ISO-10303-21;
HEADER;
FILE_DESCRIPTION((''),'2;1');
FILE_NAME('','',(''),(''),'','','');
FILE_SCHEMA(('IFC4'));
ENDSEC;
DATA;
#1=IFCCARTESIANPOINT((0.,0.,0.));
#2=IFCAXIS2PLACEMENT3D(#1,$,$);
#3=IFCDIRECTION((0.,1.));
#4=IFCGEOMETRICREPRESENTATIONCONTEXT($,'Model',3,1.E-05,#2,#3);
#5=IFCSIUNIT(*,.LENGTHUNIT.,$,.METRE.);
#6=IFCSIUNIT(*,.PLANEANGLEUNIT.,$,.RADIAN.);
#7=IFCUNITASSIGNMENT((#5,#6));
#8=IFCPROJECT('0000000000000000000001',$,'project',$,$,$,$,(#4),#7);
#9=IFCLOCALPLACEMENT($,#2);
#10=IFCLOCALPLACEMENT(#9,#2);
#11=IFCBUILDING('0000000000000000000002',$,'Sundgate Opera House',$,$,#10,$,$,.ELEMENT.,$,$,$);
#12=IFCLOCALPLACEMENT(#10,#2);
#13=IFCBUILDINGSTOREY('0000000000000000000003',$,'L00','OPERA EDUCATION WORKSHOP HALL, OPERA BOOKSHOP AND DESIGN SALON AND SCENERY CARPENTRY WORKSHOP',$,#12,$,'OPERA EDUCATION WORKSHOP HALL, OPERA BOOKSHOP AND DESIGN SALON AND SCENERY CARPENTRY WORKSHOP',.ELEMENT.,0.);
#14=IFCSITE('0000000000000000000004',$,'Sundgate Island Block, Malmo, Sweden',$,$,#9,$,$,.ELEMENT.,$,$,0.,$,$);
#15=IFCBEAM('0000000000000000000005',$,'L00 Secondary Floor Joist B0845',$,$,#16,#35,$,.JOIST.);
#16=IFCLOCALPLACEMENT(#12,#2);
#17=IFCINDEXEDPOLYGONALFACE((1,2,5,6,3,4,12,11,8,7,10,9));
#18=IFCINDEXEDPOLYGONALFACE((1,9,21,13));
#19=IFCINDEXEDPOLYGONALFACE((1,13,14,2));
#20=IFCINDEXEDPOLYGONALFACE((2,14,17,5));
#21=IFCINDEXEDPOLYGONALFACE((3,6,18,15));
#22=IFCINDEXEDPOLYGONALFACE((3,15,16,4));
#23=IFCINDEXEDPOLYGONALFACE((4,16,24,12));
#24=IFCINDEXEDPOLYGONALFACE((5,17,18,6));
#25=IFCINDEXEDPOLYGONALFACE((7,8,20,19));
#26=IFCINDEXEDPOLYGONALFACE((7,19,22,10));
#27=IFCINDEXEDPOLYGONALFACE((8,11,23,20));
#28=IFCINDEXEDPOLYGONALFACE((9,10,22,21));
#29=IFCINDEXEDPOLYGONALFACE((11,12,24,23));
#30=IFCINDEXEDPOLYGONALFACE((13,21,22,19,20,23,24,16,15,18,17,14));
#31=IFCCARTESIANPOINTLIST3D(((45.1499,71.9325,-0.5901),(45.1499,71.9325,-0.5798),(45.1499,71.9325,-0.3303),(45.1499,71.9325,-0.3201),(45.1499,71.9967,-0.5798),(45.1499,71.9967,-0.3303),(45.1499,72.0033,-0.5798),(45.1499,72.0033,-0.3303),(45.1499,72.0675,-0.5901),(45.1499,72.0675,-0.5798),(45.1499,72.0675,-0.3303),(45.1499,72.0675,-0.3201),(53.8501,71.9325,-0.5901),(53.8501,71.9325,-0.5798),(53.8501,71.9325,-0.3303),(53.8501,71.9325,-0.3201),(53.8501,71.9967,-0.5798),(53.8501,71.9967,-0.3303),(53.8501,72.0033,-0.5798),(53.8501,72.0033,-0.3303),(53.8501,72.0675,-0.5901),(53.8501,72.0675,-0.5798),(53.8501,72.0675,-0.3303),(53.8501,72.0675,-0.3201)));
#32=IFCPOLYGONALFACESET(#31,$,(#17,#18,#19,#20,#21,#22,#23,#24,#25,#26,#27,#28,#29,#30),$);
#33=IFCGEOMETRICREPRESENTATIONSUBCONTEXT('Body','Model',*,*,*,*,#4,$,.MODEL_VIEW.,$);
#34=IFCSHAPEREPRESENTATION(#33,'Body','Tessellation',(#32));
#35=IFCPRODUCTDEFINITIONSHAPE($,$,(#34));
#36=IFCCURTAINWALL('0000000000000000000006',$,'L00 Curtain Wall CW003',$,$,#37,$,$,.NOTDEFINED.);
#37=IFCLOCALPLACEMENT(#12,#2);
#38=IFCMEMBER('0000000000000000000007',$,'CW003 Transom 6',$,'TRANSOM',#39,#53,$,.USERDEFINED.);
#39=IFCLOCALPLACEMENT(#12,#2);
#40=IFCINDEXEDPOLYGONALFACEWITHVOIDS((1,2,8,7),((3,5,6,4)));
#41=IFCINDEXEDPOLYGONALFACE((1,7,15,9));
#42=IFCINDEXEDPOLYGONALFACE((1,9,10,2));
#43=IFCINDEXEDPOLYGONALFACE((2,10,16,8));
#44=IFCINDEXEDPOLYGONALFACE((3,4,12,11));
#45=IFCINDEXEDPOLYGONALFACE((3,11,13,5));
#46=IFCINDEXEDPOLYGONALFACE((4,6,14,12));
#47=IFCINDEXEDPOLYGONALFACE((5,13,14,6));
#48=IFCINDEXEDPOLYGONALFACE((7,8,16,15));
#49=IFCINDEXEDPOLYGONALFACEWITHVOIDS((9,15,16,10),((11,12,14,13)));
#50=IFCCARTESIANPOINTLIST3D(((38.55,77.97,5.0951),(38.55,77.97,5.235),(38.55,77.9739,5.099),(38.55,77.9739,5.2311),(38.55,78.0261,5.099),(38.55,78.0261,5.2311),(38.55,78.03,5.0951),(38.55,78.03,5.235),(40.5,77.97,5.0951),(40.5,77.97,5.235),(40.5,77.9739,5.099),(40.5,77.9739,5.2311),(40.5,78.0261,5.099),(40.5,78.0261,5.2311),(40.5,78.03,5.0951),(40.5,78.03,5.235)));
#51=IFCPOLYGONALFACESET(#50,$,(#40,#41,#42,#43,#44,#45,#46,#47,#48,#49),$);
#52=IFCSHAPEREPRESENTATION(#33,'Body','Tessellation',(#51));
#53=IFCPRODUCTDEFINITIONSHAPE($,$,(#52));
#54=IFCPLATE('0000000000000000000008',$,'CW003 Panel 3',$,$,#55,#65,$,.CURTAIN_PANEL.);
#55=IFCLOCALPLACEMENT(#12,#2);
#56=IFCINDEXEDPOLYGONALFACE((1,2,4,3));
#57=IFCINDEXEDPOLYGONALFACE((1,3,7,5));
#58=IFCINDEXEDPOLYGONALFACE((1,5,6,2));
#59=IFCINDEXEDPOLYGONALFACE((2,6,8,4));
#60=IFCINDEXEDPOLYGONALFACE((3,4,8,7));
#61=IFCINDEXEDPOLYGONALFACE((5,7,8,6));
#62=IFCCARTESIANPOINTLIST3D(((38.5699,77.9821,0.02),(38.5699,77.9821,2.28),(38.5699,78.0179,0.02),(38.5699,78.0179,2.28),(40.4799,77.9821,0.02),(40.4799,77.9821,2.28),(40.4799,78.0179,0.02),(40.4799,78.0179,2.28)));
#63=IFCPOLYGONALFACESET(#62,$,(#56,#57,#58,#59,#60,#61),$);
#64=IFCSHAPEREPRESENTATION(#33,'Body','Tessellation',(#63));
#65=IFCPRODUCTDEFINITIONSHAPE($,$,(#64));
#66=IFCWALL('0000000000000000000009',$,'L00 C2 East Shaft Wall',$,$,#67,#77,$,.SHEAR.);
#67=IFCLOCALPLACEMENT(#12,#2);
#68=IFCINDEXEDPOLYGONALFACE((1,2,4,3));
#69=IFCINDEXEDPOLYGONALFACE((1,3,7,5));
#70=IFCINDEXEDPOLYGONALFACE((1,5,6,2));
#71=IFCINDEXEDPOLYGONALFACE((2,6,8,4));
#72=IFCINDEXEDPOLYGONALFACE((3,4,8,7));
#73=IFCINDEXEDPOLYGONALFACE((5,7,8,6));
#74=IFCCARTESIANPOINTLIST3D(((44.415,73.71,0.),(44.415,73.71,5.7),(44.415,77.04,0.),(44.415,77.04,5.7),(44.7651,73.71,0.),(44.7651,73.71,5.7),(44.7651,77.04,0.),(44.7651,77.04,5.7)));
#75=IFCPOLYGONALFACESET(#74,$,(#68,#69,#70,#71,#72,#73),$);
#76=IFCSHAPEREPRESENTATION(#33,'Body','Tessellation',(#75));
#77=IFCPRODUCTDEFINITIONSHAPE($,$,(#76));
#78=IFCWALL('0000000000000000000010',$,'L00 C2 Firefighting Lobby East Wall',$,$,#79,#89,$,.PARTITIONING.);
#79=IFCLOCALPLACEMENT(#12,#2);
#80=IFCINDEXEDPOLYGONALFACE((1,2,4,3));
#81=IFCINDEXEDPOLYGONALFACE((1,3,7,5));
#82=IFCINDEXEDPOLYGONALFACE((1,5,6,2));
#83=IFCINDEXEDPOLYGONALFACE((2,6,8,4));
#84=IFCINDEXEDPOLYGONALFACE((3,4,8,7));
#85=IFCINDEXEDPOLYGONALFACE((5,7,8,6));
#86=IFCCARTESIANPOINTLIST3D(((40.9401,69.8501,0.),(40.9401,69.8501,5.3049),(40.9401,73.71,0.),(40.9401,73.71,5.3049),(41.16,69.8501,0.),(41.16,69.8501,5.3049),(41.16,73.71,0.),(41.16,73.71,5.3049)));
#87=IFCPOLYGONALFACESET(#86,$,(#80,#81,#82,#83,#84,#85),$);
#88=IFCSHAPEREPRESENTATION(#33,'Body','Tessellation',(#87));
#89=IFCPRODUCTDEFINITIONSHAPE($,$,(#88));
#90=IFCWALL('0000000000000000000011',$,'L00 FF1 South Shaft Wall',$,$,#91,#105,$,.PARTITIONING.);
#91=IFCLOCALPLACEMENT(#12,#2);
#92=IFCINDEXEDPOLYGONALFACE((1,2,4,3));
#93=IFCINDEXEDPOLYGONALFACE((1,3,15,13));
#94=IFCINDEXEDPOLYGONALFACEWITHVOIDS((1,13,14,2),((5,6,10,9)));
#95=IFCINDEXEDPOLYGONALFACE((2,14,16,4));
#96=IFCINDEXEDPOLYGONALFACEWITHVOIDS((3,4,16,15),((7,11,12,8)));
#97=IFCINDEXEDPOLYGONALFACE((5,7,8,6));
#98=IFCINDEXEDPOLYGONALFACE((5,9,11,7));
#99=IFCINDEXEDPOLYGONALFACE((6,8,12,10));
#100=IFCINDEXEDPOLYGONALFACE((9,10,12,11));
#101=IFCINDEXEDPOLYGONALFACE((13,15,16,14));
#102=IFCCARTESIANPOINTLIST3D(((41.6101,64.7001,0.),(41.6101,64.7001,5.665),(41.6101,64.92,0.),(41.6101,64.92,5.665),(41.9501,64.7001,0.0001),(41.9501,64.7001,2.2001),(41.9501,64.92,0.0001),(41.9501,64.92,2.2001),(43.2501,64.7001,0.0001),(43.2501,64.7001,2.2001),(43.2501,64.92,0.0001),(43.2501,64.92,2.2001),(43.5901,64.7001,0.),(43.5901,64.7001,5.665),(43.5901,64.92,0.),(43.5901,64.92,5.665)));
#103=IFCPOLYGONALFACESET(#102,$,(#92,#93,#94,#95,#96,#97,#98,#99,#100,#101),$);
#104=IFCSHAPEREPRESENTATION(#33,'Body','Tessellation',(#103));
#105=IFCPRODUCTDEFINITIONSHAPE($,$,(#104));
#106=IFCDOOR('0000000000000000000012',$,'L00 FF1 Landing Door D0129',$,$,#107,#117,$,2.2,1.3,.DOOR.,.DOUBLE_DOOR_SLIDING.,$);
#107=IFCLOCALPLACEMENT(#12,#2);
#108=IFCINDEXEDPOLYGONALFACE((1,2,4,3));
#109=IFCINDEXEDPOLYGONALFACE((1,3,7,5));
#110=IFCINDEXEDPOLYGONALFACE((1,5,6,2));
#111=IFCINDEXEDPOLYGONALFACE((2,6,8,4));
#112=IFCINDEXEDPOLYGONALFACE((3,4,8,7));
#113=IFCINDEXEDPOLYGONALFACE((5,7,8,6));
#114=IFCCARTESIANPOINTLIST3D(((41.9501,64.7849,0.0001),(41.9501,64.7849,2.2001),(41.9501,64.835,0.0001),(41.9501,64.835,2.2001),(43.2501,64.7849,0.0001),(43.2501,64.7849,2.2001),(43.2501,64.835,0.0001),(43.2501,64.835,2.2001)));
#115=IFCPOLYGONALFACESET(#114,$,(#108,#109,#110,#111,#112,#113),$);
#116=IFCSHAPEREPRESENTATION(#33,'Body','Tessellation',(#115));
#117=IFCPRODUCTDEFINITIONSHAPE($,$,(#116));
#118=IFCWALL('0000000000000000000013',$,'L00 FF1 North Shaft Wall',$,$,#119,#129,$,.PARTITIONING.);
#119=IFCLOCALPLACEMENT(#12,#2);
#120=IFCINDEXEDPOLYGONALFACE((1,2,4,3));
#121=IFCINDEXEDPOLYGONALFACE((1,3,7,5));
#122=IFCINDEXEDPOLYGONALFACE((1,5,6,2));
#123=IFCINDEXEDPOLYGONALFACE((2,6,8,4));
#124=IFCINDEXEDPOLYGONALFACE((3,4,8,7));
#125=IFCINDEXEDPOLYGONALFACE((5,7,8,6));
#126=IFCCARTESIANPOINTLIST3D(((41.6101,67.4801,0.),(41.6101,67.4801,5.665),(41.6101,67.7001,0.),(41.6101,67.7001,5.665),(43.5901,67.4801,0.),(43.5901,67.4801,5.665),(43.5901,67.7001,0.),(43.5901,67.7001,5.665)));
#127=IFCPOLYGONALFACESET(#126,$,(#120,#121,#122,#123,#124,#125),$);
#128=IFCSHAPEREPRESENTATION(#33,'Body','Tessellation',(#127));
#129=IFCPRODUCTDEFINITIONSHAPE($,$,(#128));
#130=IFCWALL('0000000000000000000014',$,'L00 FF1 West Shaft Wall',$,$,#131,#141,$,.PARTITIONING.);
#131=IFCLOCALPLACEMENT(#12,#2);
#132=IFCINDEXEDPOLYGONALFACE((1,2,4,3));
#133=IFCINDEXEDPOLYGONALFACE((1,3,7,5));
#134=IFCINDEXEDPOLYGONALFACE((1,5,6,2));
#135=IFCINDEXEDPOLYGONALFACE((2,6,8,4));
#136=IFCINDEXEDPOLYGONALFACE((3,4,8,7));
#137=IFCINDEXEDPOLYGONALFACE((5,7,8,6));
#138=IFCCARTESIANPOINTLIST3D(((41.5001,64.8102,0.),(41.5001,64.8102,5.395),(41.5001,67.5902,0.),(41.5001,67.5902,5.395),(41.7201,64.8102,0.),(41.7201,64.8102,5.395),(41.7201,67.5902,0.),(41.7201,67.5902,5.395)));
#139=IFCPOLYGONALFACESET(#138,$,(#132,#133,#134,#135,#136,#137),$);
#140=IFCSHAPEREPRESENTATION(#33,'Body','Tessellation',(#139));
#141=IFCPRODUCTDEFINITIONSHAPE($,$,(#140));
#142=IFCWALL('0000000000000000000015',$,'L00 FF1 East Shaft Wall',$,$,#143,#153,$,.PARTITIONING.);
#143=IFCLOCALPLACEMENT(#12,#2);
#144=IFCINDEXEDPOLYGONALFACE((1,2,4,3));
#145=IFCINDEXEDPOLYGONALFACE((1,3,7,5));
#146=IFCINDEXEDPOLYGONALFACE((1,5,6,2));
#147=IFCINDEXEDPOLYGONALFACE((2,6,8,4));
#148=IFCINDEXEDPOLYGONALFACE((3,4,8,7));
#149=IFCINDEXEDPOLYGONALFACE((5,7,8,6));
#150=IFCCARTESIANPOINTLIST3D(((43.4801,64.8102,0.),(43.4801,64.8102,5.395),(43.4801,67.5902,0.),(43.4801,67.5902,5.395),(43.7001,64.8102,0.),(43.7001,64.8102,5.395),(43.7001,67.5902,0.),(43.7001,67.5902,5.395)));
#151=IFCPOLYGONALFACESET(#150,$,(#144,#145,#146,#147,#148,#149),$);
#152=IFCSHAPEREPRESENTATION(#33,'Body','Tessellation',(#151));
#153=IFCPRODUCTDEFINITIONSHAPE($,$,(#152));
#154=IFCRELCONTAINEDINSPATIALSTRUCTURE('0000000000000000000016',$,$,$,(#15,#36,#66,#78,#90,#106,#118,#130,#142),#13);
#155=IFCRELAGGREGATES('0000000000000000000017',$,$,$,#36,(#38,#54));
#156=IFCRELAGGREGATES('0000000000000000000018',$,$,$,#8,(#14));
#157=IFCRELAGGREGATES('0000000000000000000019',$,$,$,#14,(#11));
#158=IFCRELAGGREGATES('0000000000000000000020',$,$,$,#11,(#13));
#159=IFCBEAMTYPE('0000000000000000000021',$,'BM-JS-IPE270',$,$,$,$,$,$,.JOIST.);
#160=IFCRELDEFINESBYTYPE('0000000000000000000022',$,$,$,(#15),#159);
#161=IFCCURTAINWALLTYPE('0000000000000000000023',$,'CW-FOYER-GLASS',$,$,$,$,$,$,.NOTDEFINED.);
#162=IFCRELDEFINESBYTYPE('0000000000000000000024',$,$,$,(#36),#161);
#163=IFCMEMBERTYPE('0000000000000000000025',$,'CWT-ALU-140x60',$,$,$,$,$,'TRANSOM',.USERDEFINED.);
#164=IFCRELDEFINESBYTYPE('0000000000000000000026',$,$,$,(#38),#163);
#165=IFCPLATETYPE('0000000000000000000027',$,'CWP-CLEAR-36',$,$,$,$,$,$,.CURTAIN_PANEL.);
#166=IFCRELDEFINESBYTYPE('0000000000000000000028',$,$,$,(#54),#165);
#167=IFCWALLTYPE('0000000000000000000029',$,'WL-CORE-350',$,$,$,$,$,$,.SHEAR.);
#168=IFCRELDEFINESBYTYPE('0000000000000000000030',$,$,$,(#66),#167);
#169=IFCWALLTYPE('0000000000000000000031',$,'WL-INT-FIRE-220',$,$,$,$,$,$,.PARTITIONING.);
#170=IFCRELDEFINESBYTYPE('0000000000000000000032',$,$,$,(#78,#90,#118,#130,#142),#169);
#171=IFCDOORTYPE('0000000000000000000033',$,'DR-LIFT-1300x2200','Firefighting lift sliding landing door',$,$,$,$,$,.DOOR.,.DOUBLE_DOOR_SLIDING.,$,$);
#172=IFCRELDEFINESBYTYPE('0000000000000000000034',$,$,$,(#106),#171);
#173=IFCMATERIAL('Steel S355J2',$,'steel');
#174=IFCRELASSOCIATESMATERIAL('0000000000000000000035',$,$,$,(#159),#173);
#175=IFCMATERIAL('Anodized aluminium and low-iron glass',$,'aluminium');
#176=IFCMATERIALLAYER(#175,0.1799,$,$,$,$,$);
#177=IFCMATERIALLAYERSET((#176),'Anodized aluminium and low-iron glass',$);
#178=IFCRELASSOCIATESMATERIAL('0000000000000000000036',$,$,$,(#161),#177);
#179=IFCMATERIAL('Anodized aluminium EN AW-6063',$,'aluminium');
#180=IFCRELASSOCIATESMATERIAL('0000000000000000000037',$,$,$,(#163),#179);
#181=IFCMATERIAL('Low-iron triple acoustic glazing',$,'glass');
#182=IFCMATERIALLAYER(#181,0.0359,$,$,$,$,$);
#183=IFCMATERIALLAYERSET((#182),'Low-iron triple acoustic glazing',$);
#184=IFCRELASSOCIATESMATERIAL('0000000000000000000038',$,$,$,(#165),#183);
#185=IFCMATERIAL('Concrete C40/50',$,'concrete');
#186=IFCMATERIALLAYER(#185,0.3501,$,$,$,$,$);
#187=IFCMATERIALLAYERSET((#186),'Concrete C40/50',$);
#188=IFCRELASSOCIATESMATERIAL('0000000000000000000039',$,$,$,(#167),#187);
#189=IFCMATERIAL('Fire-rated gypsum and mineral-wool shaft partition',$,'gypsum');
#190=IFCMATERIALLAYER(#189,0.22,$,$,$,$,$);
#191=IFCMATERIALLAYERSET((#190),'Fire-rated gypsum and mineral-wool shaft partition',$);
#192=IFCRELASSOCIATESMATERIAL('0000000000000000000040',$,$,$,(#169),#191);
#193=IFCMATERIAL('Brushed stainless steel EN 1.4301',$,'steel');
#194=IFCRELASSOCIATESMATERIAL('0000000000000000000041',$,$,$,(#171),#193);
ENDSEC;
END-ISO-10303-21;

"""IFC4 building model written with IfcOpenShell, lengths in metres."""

from ifc_helpers import new_model, si_unit, direction, frame, frame_2d, origin, origin_2d, place, context, subcontext, project, spatial, rectangle, hollow_rectangle, i_section, extrude, material, layer, layer_set, material_profile, profile_set, type_object, element, fill, aggregate, save


model = new_model("IFC4")

# Units and contexts
model_context = context("Model", 3, precision=1e-05, world=origin(), true_north=direction((0.0, 1.0)))
body_context = subcontext(model_context, "Body", "Model", "MODEL_VIEW")
ifc_project = project(units=[si_unit("LENGTHUNIT", "METRE"), si_unit("PLANEANGLEUNIT", "RADIAN")], contexts=[model_context])

# Site, building, storey
site_placement = place(None, origin())
site = spatial("IfcSite", under=ifc_project, at=site_placement, Name="Sundgate Island Block, Malmo, Sweden", CompositionType="ELEMENT", RefElevation=0.0)
building_placement = place(site_placement, origin())
building = spatial("IfcBuilding", under=site, at=building_placement, Name="Sundgate Opera House", CompositionType="ELEMENT")
storey_placement = place(building_placement, origin())
storey = spatial("IfcBuildingStorey", under=building, at=storey_placement, Name="L00", Description="OPERA EDUCATION WORKSHOP HALL, OPERA BOOKSHOP AND DESIGN SALON AND SCENERY CARPENTRY WORKSHOP", LongName="OPERA EDUCATION WORKSHOP HALL, OPERA BOOKSHOP AND DESIGN SALON AND SCENERY CARPENTRY WORKSHOP", CompositionType="ELEMENT", Elevation=0.0)

# Beam
ifc_material_1 = material(Name="Steel S355J2", Category="steel")
ifc_material_profile_1 = material_profile(ifc_material_1, i_section(OverallWidth=0.135, OverallDepth=0.27, WebThickness=0.0066, FlangeThickness=0.0103, at=origin_2d()), Name="IPE 270")
ifc_profile_set_1 = profile_set([ifc_material_profile_1], Name="Steel S355J2")
beam_type_1 = type_object("IfcBeamType", Name="BM-JS-IPE270", PredefinedType="JOIST", material=ifc_profile_set_1)
for number, where, z_axis, x_axis, name in (
    (1, (45.1499, 72.0, -0.4551), (1.0, 0.0, 0.0), (0.0, 1.0, 0.0), "L00 Secondary Floor Joist B0845"),
):
    element("IfcBeam", number, at=place(storey_placement, frame(where, z_axis=z_axis, x_axis=x_axis)), inside=storey, type_object=beam_type_1, Name=name, PredefinedType="JOIST", context=body_context, shape_type="SweptSolid", body=[
        extrude(i_section(OverallWidth=0.135, OverallDepth=0.27, WebThickness=0.0066, FlangeThickness=0.0103, at=origin_2d()), origin(), (0.0, 0.0, 1.0), 8.7002),
    ])

# Curtain wall, member, plate
ifc_material_2 = material(Name="Anodized aluminium and low-iron glass", Category="aluminium")
ifc_layer_1 = layer(ifc_material_2, 0.1799)
ifc_layer_set_1 = layer_set([ifc_layer_1], Name="Anodized aluminium and low-iron glass")
curtain_wall_type = type_object("IfcCurtainWallType", Name="CW-FOYER-GLASS", PredefinedType="NOTDEFINED", material=ifc_layer_set_1)
curtain_wall_placement = place(storey_placement, origin())
curtain_wall = element("IfcCurtainWall", 2, at=curtain_wall_placement, inside=storey, type_object=curtain_wall_type, Name="L00 Curtain Wall CW003", PredefinedType="NOTDEFINED")
ifc_material_3 = material(Name="Anodized aluminium EN AW-6063", Category="aluminium")
ifc_material_profile_2 = material_profile(ifc_material_3, hollow_rectangle(XDim=0.0601, YDim=0.1399, WallThickness=0.0039, at=origin_2d()), Name="CWT 140x60x4")
ifc_profile_set_2 = profile_set([ifc_material_profile_2], Name="Anodized aluminium EN AW-6063")
member_type = type_object("IfcMemberType", Name="CWT-ALU-140x60", ElementType="TRANSOM", PredefinedType="USERDEFINED", material=ifc_profile_set_2)
member_placement = place(storey_placement, frame((38.55, 78.0, 5.165), z_axis=(1.0, 0.0, 0.0), x_axis=(0.0, 1.0, 0.0)))
member = element("IfcMember", 3, at=member_placement, type_object=member_type, Name="CW003 Transom 6", ObjectType="TRANSOM", PredefinedType="USERDEFINED", context=body_context, shape_type="SweptSolid", body=[
    extrude(hollow_rectangle(XDim=0.0601, YDim=0.1399, WallThickness=0.0039, at=origin_2d()), origin(), (0.0, 0.0, 1.0), 1.95),
])
ifc_material_4 = material(Name="Low-iron triple acoustic glazing", Category="glass")
ifc_layer_2 = layer(ifc_material_4, 0.0359)
ifc_layer_set_2 = layer_set([ifc_layer_2], Name="Low-iron triple acoustic glazing")
plate_type = type_object("IfcPlateType", Name="CWP-CLEAR-36", PredefinedType="CURTAIN_PANEL", material=ifc_layer_set_2)
plate_placement = place(storey_placement, frame((39.5249, 78.0, 0.02), z_axis=(0.0, 0.0, 1.0), x_axis=(1.0, 0.0, 0.0)))
plate = element("IfcPlate", 4, at=plate_placement, type_object=plate_type, Name="CW003 Panel 3", PredefinedType="CURTAIN_PANEL", context=body_context, shape_type="SweptSolid", body=[
    extrude(rectangle(XDim=1.9099, YDim=0.0359, at=origin_2d()), origin(), (0.0, 0.0, 1.0), 2.26),
])
aggregate(curtain_wall, [member, plate])

# Walls
ifc_material_5 = material(Name="Concrete C40/50", Category="concrete")
ifc_layer_3 = layer(ifc_material_5, 0.3501)
ifc_layer_set_3 = layer_set([ifc_layer_3], Name="Concrete C40/50")
wall_type_1 = type_object("IfcWallType", Name="WL-CORE-350", PredefinedType="SHEAR", material=ifc_layer_set_3)
wall_1_placement = place(storey_placement, frame((44.5901, 73.71, 0.0), z_axis=(0.0, 0.0, 1.0), x_axis=(0.0, 1.0, 0.0)))
element("IfcWall", 5, at=wall_1_placement, inside=storey, type_object=wall_type_1, Name="L00 C2 East Shaft Wall", PredefinedType="SHEAR", context=body_context, shape_type="SweptSolid", body=[
    extrude(rectangle(XDim=3.3301, YDim=0.3501, at=frame_2d((1.665, 0.0))), origin(), (0.0, 0.0, 1.0), 5.7),
])
ifc_material_6 = material(Name="Fire-rated gypsum and mineral-wool shaft partition", Category="gypsum")
ifc_layer_4 = layer(ifc_material_6, 0.22)
ifc_layer_set_4 = layer_set([ifc_layer_4], Name="Fire-rated gypsum and mineral-wool shaft partition")
wall_type_2 = type_object("IfcWallType", Name="WL-INT-FIRE-220", PredefinedType="PARTITIONING", material=ifc_layer_set_4)
wall_2_placement = place(storey_placement, frame((41.05, 69.8501, 0.0), z_axis=(0.0, 0.0, 1.0), x_axis=(0.0, 1.0, 0.0)))
element("IfcWall", 6, at=wall_2_placement, inside=storey, type_object=wall_type_2, Name="L00 C2 Firefighting Lobby East Wall", PredefinedType="PARTITIONING", context=body_context, shape_type="SweptSolid", body=[
    extrude(rectangle(XDim=3.8599, YDim=0.22, at=frame_2d((1.9299, 0.0))), origin(), (0.0, 0.0, 1.0), 5.3049),
])

# Wall, opening, door
wall_3_placement = place(storey_placement, frame((41.6101, 64.8101, 0.0), z_axis=(0.0, 0.0, 1.0), x_axis=(1.0, 0.0, 0.0)))
wall_3 = element("IfcWall", 7, at=wall_3_placement, inside=storey, type_object=wall_type_2, Name="L00 FF1 South Shaft Wall", PredefinedType="PARTITIONING", context=body_context, shape_type="SweptSolid", body=[
    extrude(rectangle(XDim=1.98, YDim=0.22, at=frame_2d((0.99, 0.0))), origin(), (0.0, 0.0, 1.0), 5.665),
])
opening_placement = place(wall_3_placement, frame((0.3401, 0.0, 0.0)))
opening = element("IfcOpeningElement", 8, at=opening_placement, cuts=wall_3, PredefinedType="OPENING", context=body_context, shape_type="SweptSolid", body=[
    extrude(rectangle(XDim=1.3, YDim=2.2, at=frame_2d((0.6499, 1.1001))), frame((0.0, 0.1199, 0.0), z_axis=(0.0, -1.0, 0.0), x_axis=(1.0, 0.0, 0.0)), (0.0, 0.0, 1.0), 0.24),
])
ifc_material_7 = material(Name="Brushed stainless steel EN 1.4301", Category="steel")
door_type = type_object("IfcDoorType", Name="DR-LIFT-1300x2200", Description="Firefighting lift sliding landing door", OperationType="DOUBLE_DOOR_SLIDING", PredefinedType="DOOR", material=ifc_material_7)
door_placement = place(opening_placement, origin())
door = element("IfcDoor", 9, at=door_placement, inside=storey, type_object=door_type, Name="L00 FF1 Landing Door D0129", OperationType="DOUBLE_DOOR_SLIDING", OverallHeight=2.2, OverallWidth=1.3, PredefinedType="DOOR", context=body_context, shape_type="SweptSolid", body=[
    extrude(rectangle(XDim=1.3, YDim=2.2, at=frame_2d((0.6499, 1.1001))), frame((0.0, 0.0249, 0.0), z_axis=(0.0, -1.0, 0.0), x_axis=(1.0, 0.0, 0.0)), (0.0, 0.0, 1.0), 0.05),
])
fill(opening, door)

# Walls
wall_4_placement = place(storey_placement, frame((41.6101, 67.5901, 0.0), z_axis=(0.0, 0.0, 1.0), x_axis=(1.0, 0.0, 0.0)))
element("IfcWall", 10, at=wall_4_placement, inside=storey, type_object=wall_type_2, Name="L00 FF1 North Shaft Wall", PredefinedType="PARTITIONING", context=body_context, shape_type="SweptSolid", body=[
    extrude(rectangle(XDim=1.98, YDim=0.22, at=frame_2d((0.99, 0.0))), origin(), (0.0, 0.0, 1.0), 5.665),
])
for number, where, z_axis, x_axis, name in (
    (11, (41.6101, 64.8101, 0.0), (0.0, 0.0, 1.0), (0.0, 1.0, 0.0), "L00 FF1 West Shaft Wall"),
    (12, (43.5901, 64.8101, 0.0), (0.0, 0.0, 1.0), (0.0, 1.0, 0.0), "L00 FF1 East Shaft Wall"),
):
    element("IfcWall", number, at=place(storey_placement, frame(where, z_axis=z_axis, x_axis=x_axis)), inside=storey, type_object=wall_type_2, Name=name, PredefinedType="PARTITIONING", context=body_context, shape_type="SweptSolid", body=[
        extrude(rectangle(XDim=2.78, YDim=0.22, at=frame_2d((1.3901, 0.0))), origin(), (0.0, 0.0, 1.0), 5.395),
    ])

save(model, "model.ifc")
